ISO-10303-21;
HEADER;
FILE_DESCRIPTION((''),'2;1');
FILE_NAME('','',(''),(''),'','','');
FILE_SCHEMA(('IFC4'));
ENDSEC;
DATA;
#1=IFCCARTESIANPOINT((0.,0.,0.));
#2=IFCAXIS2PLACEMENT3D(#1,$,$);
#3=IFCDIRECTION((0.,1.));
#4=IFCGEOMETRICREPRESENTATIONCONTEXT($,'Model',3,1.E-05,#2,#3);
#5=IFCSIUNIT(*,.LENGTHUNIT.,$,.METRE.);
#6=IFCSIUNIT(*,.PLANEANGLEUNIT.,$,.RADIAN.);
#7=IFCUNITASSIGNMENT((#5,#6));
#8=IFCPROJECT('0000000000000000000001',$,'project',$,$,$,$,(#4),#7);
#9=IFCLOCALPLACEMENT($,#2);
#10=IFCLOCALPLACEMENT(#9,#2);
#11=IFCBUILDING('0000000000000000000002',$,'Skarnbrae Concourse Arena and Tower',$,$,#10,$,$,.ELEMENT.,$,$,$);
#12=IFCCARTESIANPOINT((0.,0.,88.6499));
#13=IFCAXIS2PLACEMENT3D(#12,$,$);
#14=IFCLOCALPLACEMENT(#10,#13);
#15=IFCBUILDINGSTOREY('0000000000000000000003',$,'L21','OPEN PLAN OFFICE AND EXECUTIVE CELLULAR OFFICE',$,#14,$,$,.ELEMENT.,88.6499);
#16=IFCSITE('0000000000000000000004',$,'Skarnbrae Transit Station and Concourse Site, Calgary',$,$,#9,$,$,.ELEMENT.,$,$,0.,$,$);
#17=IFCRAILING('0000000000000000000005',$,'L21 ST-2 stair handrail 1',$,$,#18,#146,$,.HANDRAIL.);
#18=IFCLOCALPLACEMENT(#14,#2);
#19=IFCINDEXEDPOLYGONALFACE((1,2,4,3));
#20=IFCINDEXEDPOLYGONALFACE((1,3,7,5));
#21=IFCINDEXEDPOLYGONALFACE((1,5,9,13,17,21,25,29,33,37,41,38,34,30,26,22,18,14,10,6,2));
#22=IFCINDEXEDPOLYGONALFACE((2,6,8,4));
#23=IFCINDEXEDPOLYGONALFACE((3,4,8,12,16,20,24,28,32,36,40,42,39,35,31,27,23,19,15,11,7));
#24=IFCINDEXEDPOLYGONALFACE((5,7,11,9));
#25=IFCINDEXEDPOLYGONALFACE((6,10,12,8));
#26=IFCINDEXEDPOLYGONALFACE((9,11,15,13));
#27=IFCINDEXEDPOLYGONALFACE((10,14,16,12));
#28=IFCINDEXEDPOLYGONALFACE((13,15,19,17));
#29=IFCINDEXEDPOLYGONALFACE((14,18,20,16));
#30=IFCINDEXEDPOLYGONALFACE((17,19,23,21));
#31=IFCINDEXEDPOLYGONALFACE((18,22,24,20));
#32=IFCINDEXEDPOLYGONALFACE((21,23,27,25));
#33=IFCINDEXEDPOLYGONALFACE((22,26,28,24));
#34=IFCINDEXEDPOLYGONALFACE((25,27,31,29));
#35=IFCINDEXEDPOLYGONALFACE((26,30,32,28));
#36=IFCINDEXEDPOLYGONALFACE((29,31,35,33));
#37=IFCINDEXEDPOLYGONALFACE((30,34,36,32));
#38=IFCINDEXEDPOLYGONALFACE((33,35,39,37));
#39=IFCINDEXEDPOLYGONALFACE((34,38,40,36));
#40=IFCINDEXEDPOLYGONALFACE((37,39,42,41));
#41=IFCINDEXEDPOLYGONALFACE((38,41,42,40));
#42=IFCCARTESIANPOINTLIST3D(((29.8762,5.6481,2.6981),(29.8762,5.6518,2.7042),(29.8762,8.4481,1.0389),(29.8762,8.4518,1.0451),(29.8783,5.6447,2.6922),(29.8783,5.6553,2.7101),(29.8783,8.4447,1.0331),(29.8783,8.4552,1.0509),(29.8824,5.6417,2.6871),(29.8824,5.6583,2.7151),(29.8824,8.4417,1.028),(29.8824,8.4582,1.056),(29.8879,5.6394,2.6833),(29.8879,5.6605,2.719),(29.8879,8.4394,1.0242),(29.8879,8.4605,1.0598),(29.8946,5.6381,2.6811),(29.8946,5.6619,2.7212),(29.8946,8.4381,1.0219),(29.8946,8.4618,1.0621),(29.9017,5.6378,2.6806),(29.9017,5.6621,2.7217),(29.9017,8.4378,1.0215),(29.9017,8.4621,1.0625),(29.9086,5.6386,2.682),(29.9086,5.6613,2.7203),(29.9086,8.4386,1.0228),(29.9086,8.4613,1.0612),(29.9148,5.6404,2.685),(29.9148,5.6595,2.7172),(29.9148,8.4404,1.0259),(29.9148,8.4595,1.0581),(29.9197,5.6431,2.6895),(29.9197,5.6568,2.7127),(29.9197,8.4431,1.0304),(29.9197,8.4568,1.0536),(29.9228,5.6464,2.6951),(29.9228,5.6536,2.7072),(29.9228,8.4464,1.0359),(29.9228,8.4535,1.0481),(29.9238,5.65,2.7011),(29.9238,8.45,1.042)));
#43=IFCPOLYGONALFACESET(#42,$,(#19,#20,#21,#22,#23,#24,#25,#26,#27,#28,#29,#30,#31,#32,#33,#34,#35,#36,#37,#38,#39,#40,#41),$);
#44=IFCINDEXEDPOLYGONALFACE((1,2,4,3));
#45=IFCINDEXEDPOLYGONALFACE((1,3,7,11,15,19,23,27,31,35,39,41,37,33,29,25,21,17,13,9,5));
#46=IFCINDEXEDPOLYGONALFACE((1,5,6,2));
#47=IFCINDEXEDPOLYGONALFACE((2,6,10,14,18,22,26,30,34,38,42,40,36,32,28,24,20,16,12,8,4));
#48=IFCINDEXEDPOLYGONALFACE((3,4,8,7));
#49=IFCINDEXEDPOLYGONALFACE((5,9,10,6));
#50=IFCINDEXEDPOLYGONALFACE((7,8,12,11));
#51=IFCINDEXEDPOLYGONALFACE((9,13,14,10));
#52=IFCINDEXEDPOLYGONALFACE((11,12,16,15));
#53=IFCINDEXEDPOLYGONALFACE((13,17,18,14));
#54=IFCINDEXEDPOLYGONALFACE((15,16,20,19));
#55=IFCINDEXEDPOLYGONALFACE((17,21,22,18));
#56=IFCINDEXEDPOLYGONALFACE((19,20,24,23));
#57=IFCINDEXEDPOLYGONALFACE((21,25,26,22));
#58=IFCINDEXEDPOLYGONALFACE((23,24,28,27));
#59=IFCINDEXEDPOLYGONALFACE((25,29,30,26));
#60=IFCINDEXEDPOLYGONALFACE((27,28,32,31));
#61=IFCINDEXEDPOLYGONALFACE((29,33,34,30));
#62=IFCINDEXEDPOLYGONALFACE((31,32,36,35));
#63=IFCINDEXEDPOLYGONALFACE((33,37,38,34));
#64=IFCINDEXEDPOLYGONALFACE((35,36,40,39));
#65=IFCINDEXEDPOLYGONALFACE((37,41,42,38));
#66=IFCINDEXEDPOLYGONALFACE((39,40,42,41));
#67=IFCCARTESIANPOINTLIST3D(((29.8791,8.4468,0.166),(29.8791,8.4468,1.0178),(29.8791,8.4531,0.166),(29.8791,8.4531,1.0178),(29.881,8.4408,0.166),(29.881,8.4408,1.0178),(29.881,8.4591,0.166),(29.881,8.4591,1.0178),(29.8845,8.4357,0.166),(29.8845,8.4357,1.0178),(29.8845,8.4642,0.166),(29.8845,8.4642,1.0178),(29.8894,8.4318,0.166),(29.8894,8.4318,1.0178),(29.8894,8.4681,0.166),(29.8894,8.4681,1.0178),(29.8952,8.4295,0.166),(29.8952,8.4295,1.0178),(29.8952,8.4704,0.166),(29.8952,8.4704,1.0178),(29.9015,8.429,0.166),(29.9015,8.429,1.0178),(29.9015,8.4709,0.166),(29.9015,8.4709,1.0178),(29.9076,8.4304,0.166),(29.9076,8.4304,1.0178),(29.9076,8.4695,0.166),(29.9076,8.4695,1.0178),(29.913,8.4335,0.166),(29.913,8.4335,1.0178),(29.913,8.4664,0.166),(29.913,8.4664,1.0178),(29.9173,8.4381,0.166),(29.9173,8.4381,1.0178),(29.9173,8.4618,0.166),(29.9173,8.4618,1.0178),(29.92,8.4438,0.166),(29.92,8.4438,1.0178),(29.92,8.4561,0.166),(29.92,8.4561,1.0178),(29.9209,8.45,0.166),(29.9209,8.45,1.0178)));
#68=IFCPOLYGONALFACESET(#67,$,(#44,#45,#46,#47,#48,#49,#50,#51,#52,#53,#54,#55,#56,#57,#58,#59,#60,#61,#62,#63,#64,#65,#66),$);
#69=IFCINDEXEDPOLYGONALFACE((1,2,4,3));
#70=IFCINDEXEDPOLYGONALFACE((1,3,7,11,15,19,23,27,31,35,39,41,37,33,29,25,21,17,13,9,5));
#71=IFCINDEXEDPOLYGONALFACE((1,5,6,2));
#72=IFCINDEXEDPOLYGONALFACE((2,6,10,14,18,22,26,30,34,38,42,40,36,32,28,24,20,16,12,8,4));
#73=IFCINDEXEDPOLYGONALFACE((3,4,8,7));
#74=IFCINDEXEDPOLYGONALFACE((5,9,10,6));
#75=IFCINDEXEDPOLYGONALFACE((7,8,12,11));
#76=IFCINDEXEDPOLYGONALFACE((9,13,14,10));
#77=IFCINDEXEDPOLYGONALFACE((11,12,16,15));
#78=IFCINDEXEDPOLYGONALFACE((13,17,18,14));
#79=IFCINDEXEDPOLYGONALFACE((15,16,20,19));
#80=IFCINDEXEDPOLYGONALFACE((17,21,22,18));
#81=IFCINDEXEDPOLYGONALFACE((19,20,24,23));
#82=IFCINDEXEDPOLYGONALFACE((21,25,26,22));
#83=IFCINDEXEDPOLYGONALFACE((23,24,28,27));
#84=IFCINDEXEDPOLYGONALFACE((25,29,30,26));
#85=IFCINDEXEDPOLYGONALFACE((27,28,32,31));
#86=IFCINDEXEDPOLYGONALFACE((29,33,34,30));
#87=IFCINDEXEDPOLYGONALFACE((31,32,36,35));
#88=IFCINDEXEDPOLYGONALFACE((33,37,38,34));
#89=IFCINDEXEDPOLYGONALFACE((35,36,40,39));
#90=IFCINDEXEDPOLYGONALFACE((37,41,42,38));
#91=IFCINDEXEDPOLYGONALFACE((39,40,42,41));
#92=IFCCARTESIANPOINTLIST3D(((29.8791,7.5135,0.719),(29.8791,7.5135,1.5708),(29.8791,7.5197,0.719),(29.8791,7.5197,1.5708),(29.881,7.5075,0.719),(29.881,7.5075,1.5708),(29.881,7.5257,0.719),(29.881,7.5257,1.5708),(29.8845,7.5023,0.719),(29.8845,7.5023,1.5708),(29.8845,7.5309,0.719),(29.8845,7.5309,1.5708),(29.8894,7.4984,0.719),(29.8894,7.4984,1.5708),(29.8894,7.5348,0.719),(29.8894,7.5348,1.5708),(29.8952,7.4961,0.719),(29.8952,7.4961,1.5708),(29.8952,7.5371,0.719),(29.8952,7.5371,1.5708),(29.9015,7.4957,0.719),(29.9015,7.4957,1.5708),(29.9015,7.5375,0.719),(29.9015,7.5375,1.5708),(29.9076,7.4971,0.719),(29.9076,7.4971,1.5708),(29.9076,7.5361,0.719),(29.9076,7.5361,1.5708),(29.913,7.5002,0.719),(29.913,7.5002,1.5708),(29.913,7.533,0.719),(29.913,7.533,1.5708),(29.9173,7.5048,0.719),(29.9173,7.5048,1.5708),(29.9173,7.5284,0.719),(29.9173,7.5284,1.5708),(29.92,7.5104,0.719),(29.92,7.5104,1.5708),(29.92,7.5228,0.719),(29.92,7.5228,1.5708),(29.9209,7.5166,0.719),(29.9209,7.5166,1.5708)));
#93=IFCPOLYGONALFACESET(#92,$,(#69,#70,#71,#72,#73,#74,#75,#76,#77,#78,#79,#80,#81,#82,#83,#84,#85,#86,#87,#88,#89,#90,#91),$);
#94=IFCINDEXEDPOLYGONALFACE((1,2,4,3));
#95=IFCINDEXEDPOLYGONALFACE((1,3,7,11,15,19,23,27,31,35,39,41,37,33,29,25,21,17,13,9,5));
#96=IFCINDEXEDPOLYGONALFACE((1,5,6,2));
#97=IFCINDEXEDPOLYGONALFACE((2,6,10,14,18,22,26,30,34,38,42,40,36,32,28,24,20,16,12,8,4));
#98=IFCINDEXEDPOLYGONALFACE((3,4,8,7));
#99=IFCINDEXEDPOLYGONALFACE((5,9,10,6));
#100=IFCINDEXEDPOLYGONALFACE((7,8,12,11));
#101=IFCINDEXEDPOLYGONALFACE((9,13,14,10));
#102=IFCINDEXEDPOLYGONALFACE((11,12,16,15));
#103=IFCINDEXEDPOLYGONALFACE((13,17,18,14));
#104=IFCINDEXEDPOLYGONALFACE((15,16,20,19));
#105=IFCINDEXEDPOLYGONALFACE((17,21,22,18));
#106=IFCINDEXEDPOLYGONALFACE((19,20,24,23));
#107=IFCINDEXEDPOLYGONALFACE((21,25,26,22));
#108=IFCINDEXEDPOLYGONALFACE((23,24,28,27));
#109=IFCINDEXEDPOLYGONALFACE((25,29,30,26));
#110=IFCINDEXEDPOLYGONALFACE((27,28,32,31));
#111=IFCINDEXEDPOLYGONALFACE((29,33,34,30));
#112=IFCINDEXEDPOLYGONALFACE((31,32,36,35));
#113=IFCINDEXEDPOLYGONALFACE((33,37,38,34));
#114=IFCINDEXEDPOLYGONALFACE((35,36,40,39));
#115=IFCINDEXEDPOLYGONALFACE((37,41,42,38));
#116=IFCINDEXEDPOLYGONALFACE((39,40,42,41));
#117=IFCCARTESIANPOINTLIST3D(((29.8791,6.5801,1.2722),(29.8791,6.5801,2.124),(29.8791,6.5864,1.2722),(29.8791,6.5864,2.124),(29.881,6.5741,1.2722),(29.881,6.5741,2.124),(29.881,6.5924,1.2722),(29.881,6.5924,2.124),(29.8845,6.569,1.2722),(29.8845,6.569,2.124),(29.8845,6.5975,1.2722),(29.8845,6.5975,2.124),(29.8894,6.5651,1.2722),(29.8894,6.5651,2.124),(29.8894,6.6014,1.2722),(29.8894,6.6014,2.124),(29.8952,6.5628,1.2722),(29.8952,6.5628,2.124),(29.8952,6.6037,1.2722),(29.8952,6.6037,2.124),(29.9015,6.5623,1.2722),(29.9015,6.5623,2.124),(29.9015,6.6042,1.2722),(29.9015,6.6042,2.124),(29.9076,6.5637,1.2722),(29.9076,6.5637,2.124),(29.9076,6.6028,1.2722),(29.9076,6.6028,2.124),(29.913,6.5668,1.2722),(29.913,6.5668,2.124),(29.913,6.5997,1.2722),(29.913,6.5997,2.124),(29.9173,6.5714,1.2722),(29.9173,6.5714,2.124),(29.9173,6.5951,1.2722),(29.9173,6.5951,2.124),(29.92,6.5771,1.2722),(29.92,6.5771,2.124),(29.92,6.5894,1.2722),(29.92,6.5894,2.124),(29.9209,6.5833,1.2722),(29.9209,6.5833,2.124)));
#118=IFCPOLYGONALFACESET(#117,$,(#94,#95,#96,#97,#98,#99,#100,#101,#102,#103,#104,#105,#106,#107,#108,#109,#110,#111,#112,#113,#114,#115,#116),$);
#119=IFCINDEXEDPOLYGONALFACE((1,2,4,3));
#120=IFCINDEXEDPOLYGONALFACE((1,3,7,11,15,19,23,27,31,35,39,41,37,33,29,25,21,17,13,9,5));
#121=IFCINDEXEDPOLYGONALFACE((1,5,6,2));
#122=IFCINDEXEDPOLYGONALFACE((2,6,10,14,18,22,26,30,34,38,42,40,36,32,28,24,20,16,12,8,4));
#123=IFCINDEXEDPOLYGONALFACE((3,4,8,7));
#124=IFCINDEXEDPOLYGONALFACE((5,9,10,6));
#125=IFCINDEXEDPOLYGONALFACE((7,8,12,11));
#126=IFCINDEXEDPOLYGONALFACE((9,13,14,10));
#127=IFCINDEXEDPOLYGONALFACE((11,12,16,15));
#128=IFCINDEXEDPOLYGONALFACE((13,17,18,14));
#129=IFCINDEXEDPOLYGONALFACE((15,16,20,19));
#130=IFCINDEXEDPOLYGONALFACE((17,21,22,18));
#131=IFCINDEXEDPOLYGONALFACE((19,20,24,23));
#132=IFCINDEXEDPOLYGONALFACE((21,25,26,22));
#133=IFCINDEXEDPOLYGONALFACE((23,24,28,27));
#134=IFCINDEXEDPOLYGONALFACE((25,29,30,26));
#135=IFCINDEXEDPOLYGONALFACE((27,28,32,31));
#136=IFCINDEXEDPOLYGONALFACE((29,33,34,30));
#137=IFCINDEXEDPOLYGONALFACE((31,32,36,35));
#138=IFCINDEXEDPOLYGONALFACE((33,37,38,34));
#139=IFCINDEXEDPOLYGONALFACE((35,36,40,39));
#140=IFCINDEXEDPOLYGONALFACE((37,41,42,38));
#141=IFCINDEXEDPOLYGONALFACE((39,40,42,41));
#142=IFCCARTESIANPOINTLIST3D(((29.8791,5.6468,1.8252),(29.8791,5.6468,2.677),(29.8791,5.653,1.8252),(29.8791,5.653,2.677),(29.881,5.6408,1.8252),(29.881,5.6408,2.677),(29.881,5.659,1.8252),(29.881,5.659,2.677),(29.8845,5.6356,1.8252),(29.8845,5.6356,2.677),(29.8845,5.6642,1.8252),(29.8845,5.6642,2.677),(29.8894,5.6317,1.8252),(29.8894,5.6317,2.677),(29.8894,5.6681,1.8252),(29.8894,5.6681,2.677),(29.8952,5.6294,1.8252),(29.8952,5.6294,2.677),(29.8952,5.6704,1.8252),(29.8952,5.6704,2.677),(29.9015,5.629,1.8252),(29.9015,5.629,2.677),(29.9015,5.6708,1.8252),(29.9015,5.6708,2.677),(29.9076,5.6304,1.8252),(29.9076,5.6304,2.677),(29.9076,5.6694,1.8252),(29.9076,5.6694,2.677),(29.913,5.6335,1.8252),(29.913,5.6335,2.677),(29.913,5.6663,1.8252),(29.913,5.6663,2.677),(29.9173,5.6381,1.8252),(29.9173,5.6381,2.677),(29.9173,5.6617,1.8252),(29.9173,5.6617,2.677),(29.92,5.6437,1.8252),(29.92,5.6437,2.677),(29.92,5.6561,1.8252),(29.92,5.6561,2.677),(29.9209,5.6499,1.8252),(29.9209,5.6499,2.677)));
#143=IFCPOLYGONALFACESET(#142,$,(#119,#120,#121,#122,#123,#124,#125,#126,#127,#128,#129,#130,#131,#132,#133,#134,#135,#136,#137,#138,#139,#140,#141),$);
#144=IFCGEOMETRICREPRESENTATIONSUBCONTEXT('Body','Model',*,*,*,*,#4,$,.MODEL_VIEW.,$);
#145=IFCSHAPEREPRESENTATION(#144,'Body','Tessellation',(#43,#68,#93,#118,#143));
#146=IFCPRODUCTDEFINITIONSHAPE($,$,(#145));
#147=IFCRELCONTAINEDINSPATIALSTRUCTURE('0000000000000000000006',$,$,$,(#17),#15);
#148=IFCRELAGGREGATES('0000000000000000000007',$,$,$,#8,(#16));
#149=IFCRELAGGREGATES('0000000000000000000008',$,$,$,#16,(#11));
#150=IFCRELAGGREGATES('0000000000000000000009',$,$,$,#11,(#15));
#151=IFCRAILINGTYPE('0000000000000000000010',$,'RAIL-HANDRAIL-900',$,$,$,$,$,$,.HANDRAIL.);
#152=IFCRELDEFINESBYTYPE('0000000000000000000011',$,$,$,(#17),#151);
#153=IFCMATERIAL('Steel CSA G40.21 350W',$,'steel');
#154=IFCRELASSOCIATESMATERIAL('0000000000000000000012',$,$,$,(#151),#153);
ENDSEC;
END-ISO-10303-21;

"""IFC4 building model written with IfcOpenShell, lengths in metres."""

from ifc_helpers import new_model, si_unit, direction, frame, origin, origin_2d, place, context, subcontext, project, spatial, circle, extrude, material, type_object, element, save


model = new_model("IFC4")

# Units and contexts
model_context = context("Model", 3, precision=1e-05, world=origin(), true_north=direction((0.0, 1.0)))
body_context = subcontext(model_context, "Body", "Model", "MODEL_VIEW")
ifc_project = project(units=[si_unit("LENGTHUNIT", "METRE"), si_unit("PLANEANGLEUNIT", "RADIAN")], contexts=[model_context])

# Site, building, storey
site_placement = place(None, origin())
site = spatial("IfcSite", under=ifc_project, at=site_placement, Name="Skarnbrae Transit Station and Concourse Site, Calgary", CompositionType="ELEMENT", RefElevation=0.0)
building_placement = place(site_placement, origin())
building = spatial("IfcBuilding", under=site, at=building_placement, Name="Skarnbrae Concourse Arena and Tower", CompositionType="ELEMENT")
storey_placement = place(building_placement, frame((0.0, 0.0, 88.6499)))
storey = spatial("IfcBuildingStorey", under=building, at=storey_placement, Name="L21", Description="OPEN PLAN OFFICE AND EXECUTIVE CELLULAR OFFICE", CompositionType="ELEMENT", Elevation=88.6499)

# Shared definitions
ifc_material_1 = material(Name="Steel CSA G40.21 350W", Category="steel")

# Railing
railing_type_1 = type_object("IfcRailingType", Name="RAIL-HANDRAIL-900", PredefinedType="HANDRAIL", material=ifc_material_1)
railing_1_placement = place(storey_placement, frame((29.8999, 8.45, 0.166)))
element("IfcRailing", 1, at=railing_1_placement, inside=storey, type_object=railing_type_1, Name="L21 ST-2 stair handrail 1", PredefinedType="HANDRAIL", context=body_context, shape_type="SweptSolid", body=[
    extrude(circle(Radius=0.0239, at=origin_2d()), frame((0.0, 0.0, 0.876), z_axis=(0.0, -0.860306, 0.509778), x_axis=(1.0, 0.0, 0.0)), (0.0, 0.0, 1.0), 3.2546),
    extrude(circle(Radius=0.021, at=origin_2d()), origin(), (0.0, 0.0, 1.0), 0.8518),
    extrude(circle(Radius=0.021, at=origin_2d()), frame((0.0, -0.9333, 0.553)), (0.0, 0.0, 1.0), 0.8518),
    extrude(circle(Radius=0.021, at=origin_2d()), frame((0.0, -1.8667, 1.1062)), (0.0, 0.0, 1.0), 0.8518),
    extrude(circle(Radius=0.021, at=origin_2d()), frame((0.0, -2.8, 1.6592)), (0.0, 0.0, 1.0), 0.8518),
])

save(model, "model.ifc")
